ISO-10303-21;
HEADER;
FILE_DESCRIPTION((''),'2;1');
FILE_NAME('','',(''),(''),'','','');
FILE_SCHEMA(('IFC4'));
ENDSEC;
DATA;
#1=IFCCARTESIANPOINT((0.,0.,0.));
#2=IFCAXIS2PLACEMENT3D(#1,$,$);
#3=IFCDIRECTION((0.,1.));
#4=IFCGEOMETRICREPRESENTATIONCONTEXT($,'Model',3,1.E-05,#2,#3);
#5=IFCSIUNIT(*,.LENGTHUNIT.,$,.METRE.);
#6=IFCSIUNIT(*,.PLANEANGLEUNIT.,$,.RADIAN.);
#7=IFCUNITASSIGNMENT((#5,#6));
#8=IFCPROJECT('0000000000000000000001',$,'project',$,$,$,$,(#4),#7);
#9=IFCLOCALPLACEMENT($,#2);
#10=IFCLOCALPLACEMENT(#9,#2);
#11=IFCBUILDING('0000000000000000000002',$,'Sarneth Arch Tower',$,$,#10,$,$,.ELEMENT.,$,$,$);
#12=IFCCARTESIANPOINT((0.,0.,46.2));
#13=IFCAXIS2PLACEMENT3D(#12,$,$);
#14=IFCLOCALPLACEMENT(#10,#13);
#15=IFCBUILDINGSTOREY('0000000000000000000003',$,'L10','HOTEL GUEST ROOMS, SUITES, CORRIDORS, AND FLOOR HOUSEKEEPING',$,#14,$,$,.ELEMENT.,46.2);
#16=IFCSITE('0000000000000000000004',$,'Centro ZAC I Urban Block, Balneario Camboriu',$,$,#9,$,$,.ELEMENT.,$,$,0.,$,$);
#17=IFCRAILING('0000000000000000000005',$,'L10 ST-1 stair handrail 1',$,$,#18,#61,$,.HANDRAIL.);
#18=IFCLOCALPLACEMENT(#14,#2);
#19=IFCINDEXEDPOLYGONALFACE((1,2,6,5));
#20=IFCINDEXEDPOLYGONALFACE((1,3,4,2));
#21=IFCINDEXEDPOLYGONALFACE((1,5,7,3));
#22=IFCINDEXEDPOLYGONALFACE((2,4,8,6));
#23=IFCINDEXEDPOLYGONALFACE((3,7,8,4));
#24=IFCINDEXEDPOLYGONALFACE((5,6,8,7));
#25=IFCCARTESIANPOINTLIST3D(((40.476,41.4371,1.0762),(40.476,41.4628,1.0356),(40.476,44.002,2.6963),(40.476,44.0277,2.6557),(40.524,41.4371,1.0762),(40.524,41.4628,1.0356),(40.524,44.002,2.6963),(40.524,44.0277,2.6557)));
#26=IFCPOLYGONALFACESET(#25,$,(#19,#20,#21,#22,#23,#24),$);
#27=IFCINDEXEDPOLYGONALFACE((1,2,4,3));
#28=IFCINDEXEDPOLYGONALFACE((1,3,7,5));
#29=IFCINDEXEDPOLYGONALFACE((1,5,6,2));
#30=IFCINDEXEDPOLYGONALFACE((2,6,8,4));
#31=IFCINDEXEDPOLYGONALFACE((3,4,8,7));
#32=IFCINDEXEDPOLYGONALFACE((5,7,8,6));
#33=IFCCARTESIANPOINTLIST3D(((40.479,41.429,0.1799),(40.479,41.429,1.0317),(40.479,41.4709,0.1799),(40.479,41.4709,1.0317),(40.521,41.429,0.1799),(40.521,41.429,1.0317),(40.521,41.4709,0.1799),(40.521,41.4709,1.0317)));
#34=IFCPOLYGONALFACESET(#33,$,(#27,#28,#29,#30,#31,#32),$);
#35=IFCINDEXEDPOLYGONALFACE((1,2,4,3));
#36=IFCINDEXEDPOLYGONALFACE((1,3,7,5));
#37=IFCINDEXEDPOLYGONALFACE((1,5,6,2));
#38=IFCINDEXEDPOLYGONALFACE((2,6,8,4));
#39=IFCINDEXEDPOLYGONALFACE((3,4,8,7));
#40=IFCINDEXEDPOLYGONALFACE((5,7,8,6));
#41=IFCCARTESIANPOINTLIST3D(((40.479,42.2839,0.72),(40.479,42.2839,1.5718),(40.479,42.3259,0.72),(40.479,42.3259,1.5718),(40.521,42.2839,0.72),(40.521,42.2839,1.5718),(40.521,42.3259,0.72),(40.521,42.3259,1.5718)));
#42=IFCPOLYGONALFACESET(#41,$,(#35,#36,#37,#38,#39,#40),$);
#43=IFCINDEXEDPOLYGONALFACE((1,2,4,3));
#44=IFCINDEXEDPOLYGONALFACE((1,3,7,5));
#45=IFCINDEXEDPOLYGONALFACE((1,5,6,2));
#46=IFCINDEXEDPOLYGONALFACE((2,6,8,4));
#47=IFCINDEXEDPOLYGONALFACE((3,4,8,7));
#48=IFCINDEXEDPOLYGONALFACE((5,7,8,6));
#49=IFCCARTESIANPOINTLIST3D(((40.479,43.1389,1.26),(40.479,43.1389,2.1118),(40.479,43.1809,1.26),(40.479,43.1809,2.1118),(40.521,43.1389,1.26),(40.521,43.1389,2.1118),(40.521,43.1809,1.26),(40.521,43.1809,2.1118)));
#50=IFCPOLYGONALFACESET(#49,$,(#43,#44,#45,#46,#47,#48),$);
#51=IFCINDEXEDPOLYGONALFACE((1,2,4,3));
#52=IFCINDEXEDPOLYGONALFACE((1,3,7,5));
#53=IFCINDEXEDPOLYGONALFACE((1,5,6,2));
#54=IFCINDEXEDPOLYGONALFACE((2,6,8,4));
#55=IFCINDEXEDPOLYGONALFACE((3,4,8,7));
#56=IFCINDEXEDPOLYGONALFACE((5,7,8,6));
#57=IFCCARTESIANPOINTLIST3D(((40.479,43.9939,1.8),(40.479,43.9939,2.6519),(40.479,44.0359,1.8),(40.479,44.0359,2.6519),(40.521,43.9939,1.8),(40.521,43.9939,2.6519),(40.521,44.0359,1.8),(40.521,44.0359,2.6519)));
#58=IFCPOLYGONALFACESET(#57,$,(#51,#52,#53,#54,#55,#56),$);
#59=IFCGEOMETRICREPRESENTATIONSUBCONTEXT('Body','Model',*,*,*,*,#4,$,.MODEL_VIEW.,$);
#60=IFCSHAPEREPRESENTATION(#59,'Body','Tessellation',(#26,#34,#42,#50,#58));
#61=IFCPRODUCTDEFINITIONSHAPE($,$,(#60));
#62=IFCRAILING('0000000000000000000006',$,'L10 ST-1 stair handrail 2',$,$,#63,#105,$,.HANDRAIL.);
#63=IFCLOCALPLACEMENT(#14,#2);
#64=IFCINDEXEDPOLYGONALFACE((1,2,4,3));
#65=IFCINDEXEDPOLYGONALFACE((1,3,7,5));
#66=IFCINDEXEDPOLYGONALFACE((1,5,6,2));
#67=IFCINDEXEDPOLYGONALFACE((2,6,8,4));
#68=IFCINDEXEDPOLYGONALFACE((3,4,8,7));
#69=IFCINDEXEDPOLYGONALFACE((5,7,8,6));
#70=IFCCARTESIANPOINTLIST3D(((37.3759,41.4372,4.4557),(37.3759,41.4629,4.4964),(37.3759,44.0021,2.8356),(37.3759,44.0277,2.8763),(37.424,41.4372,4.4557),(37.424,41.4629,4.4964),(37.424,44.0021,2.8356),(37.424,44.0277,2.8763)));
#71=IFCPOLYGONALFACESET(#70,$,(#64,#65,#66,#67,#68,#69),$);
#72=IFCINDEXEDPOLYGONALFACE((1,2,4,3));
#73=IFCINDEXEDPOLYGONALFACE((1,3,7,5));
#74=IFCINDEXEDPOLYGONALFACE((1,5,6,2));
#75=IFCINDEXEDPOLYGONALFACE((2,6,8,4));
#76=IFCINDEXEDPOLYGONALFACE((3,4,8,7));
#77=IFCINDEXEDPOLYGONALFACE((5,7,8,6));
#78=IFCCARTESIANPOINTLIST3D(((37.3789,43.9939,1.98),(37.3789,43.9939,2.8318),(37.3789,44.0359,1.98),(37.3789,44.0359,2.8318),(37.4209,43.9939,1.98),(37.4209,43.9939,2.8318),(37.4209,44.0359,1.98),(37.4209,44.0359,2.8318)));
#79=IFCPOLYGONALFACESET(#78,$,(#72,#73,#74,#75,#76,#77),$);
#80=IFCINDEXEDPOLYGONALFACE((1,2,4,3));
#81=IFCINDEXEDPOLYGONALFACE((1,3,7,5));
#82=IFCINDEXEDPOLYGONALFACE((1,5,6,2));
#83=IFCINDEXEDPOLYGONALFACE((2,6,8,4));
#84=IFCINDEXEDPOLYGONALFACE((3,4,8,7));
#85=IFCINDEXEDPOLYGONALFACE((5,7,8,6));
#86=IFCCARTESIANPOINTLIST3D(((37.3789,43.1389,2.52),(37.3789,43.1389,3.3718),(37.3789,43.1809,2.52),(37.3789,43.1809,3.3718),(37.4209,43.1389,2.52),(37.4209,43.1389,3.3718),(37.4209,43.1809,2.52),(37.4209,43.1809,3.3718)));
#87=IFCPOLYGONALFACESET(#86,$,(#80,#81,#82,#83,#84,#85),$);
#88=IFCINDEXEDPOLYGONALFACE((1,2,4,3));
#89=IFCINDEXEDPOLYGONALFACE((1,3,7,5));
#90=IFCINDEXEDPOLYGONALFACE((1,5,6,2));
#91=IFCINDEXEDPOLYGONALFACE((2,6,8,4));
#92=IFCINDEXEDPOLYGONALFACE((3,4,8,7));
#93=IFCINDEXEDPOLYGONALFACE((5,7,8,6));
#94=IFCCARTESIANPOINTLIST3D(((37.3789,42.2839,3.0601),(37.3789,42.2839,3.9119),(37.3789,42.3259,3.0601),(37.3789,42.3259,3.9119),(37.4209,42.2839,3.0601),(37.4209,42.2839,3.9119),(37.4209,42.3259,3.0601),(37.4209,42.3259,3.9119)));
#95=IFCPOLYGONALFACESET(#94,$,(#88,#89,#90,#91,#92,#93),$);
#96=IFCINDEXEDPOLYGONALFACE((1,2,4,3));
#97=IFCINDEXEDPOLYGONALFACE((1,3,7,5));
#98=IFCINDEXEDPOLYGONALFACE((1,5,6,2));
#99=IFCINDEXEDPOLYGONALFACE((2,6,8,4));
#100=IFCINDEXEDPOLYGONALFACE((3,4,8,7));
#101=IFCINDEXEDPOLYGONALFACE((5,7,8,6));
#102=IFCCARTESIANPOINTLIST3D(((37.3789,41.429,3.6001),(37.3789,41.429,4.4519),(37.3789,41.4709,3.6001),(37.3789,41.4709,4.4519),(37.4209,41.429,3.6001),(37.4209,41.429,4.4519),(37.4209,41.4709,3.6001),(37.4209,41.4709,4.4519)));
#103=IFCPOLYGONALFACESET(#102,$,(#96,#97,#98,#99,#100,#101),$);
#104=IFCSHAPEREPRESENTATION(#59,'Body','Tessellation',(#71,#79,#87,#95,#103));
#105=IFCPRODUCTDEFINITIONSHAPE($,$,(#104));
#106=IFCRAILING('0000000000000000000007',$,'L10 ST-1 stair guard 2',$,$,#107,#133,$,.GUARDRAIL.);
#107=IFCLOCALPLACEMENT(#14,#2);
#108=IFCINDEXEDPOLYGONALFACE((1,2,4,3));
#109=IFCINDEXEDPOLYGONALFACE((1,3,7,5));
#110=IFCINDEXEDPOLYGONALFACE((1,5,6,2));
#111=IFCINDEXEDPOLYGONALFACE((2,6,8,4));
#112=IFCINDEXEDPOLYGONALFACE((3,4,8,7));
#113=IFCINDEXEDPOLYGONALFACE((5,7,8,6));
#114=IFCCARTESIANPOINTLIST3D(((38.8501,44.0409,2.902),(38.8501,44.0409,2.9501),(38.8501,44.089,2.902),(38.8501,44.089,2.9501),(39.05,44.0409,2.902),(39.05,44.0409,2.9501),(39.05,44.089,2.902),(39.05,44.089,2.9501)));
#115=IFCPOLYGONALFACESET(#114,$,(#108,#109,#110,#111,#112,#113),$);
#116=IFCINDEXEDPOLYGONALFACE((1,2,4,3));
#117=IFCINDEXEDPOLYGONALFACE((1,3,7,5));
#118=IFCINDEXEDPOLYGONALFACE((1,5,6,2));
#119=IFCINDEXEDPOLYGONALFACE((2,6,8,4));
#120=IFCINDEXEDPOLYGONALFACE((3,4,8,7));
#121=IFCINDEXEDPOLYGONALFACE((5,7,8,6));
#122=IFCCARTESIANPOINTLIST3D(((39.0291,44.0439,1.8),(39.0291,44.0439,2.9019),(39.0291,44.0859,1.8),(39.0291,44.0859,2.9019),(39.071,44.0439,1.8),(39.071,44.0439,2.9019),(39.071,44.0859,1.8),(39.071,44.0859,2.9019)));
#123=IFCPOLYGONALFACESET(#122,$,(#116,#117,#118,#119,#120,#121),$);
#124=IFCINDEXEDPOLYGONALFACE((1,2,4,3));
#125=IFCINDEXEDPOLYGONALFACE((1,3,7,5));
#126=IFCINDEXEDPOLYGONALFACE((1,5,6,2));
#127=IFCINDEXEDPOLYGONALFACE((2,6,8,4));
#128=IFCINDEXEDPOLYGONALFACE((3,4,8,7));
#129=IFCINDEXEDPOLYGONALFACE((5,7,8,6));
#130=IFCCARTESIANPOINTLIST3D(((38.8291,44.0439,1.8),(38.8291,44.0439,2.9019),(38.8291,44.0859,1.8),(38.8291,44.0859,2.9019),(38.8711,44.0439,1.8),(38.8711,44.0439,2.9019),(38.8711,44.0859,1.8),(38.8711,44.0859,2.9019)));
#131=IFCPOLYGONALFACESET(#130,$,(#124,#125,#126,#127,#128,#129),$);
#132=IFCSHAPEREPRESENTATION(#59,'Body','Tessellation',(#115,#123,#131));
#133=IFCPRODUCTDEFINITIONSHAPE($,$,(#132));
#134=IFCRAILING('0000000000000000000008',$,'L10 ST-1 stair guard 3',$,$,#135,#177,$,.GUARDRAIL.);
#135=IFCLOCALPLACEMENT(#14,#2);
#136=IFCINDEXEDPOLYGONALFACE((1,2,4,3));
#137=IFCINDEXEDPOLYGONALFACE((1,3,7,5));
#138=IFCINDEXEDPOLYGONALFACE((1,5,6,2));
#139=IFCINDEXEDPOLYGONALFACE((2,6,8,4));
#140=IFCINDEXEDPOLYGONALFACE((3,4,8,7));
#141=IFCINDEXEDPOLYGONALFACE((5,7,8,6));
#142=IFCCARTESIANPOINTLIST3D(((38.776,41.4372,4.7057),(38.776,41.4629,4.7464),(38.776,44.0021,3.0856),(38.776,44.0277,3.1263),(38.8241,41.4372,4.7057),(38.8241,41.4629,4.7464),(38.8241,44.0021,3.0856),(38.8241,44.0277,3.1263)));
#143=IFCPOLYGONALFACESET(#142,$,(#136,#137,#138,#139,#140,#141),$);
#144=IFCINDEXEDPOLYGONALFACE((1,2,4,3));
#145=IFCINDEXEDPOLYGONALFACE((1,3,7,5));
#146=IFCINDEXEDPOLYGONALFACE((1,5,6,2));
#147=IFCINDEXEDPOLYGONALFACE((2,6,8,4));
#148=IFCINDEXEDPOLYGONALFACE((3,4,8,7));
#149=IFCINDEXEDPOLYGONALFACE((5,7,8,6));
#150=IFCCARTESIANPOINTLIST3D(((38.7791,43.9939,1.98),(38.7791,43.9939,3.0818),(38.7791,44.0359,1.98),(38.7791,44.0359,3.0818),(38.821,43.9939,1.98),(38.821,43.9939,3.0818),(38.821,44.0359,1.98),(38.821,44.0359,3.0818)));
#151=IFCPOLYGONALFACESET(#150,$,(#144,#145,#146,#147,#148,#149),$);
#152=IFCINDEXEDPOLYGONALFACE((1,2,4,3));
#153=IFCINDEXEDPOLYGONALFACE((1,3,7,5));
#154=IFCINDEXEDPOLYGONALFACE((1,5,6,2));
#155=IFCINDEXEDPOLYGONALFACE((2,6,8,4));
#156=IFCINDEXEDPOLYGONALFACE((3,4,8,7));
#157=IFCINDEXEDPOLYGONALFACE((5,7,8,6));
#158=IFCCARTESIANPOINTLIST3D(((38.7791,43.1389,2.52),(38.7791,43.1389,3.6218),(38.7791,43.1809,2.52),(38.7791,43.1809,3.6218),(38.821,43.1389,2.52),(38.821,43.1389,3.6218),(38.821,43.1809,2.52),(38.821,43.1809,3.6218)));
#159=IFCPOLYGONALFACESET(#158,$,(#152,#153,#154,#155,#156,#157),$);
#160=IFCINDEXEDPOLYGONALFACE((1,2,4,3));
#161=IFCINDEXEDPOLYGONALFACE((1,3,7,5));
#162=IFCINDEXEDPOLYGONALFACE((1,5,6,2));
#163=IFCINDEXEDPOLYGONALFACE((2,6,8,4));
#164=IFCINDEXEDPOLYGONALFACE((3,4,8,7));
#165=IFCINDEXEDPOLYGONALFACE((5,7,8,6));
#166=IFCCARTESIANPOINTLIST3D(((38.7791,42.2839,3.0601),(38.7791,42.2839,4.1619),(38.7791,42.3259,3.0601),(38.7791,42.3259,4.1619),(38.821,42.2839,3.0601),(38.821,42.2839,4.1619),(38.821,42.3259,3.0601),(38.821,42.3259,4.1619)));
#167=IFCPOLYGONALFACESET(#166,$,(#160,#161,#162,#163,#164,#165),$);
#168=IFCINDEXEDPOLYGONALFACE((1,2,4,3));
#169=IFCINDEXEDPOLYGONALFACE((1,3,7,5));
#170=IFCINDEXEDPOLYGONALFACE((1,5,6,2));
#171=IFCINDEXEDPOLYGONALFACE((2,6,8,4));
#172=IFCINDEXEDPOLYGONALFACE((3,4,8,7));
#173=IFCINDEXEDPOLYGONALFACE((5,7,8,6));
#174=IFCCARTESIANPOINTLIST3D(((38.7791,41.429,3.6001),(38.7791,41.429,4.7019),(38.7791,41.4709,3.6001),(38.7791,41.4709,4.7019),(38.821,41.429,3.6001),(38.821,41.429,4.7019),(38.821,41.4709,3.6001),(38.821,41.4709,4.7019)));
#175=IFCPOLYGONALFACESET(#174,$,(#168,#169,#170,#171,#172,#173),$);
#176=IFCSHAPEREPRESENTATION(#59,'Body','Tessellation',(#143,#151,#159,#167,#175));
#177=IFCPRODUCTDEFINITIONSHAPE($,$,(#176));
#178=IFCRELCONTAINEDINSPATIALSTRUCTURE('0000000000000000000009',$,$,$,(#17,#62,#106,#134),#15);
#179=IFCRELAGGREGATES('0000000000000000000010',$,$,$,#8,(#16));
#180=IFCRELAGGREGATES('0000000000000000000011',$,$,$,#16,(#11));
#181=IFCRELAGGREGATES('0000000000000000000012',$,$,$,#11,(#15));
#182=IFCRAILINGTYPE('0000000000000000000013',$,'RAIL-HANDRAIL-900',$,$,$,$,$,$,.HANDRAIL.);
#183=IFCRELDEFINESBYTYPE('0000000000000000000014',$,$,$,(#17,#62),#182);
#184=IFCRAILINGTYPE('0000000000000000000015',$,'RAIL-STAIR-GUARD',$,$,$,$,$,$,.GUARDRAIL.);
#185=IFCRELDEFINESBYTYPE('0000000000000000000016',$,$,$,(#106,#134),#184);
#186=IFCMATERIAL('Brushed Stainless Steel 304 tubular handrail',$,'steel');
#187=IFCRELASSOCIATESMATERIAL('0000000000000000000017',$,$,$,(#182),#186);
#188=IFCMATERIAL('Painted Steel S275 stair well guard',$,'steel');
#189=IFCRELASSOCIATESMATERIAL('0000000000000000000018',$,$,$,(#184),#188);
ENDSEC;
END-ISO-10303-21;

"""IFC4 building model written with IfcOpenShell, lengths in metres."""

from ifc_helpers import new_model, si_unit, direction, frame, origin, origin_2d, place, context, subcontext, project, spatial, rectangle, extrude, material, type_object, element, save


model = new_model("IFC4")

# Units and contexts
model_context = context("Model", 3, precision=1e-05, world=origin(), true_north=direction((0.0, 1.0)))
body_context = subcontext(model_context, "Body", "Model", "MODEL_VIEW")
ifc_project = project(units=[si_unit("LENGTHUNIT", "METRE"), si_unit("PLANEANGLEUNIT", "RADIAN")], contexts=[model_context])

# Site, building, storey
site_placement = place(None, origin())
site = spatial("IfcSite", under=ifc_project, at=site_placement, Name="Centro ZAC I Urban Block, Balneario Camboriu", CompositionType="ELEMENT", RefElevation=0.0)
building_placement = place(site_placement, origin())
building = spatial("IfcBuilding", under=site, at=building_placement, Name="Sarneth Arch Tower", CompositionType="ELEMENT")
storey_placement = place(building_placement, frame((0.0, 0.0, 46.2)))
storey = spatial("IfcBuildingStorey", under=building, at=storey_placement, Name="L10", Description="HOTEL GUEST ROOMS, SUITES, CORRIDORS, AND FLOOR HOUSEKEEPING", CompositionType="ELEMENT", Elevation=46.2)

# Railings
ifc_material_1 = material(Name="Brushed Stainless Steel 304 tubular handrail", Category="steel")
railing_type_1 = type_object("IfcRailingType", Name="RAIL-HANDRAIL-900", PredefinedType="HANDRAIL", material=ifc_material_1)
railing_1_placement = place(storey_placement, frame((40.5, 41.45, 0.1799)))
element("IfcRailing", 1, at=railing_1_placement, inside=storey, type_object=railing_type_1, Name="L10 ST-1 stair handrail 1", PredefinedType="HANDRAIL", context=body_context, shape_type="SweptSolid", body=[
    extrude(rectangle(XDim=0.0481, YDim=0.0481, at=origin_2d()), frame((0.0, 0.0, 0.876), z_axis=(0.0, 0.845466, 0.534029), x_axis=(-1.0, 0.0, 0.0)), (0.0, 0.0, 1.0), 3.0337),
    extrude(rectangle(XDim=0.042, YDim=0.042, at=origin_2d()), origin(), (0.0, 0.0, 1.0), 0.8518),
    extrude(rectangle(XDim=0.042, YDim=0.042, at=origin_2d()), frame((0.0, 0.855, 0.54)), (0.0, 0.0, 1.0), 0.8518),
    extrude(rectangle(XDim=0.042, YDim=0.042, at=origin_2d()), frame((0.0, 1.71, 1.0801)), (0.0, 0.0, 1.0), 0.8518),
    extrude(rectangle(XDim=0.042, YDim=0.042, at=origin_2d()), frame((0.0, 2.5649, 1.6201)), (0.0, 0.0, 1.0), 0.8518),
])
railing_2_placement = place(storey_placement, frame((37.3999, 44.0149, 1.98)))
element("IfcRailing", 2, at=railing_2_placement, inside=storey, type_object=railing_type_1, Name="L10 ST-1 stair handrail 2", PredefinedType="HANDRAIL", context=body_context, shape_type="SweptSolid", body=[
    extrude(rectangle(XDim=0.0481, YDim=0.0481, at=origin_2d()), frame((0.0, 0.0, 0.876), z_axis=(0.0, -0.845466, 0.534029), x_axis=(1.0, 0.0, 0.0)), (0.0, 0.0, 1.0), 3.0337),
    extrude(rectangle(XDim=0.042, YDim=0.042, at=origin_2d()), origin(), (0.0, 0.0, 1.0), 0.8518),
    extrude(rectangle(XDim=0.042, YDim=0.042, at=origin_2d()), frame((0.0, -0.855, 0.54)), (0.0, 0.0, 1.0), 0.8518),
    extrude(rectangle(XDim=0.042, YDim=0.042, at=origin_2d()), frame((0.0, -1.71, 1.0801)), (0.0, 0.0, 1.0), 0.8518),
    extrude(rectangle(XDim=0.042, YDim=0.042, at=origin_2d()), frame((0.0, -2.5649, 1.6201)), (0.0, 0.0, 1.0), 0.8518),
])
ifc_material_2 = material(Name="Painted Steel S275 stair well guard", Category="steel")
railing_type_2 = type_object("IfcRailingType", Name="RAIL-STAIR-GUARD", PredefinedType="GUARDRAIL", material=ifc_material_2)
railing_3_placement = place(storey_placement, frame((39.05, 44.0649, 1.8)))
element("IfcRailing", 3, at=railing_3_placement, inside=storey, type_object=railing_type_2, Name="L10 ST-1 stair guard 2", PredefinedType="GUARDRAIL", context=body_context, shape_type="SweptSolid", body=[
    extrude(rectangle(XDim=0.0481, YDim=0.0481, at=origin_2d()), frame((0.0, 0.0, 1.126), z_axis=(-1.0, 0.0, 0.0), x_axis=(0.0, -1.0, 0.0)), (0.0, 0.0, 1.0), 0.2),
    extrude(rectangle(XDim=0.042, YDim=0.042, at=origin_2d()), origin(), (0.0, 0.0, 1.0), 1.1018),
    extrude(rectangle(XDim=0.042, YDim=0.042, at=origin_2d()), frame((-0.2, 0.0, 0.0)), (0.0, 0.0, 1.0), 1.1018),
])
railing_4_placement = place(storey_placement, frame((38.8, 44.0149, 1.98)))
element("IfcRailing", 4, at=railing_4_placement, inside=storey, type_object=railing_type_2, Name="L10 ST-1 stair guard 3", PredefinedType="GUARDRAIL", context=body_context, shape_type="SweptSolid", body=[
    extrude(rectangle(XDim=0.0481, YDim=0.0481, at=origin_2d()), frame((0.0, 0.0, 1.126), z_axis=(0.0, -0.845466, 0.534029), x_axis=(1.0, 0.0, 0.0)), (0.0, 0.0, 1.0), 3.0337),
    extrude(rectangle(XDim=0.042, YDim=0.042, at=origin_2d()), origin(), (0.0, 0.0, 1.0), 1.1018),
    extrude(rectangle(XDim=0.042, YDim=0.042, at=origin_2d()), frame((0.0, -0.855, 0.54)), (0.0, 0.0, 1.0), 1.1018),
    extrude(rectangle(XDim=0.042, YDim=0.042, at=origin_2d()), frame((0.0, -1.71, 1.0801)), (0.0, 0.0, 1.0), 1.1018),
    extrude(rectangle(XDim=0.042, YDim=0.042, at=origin_2d()), frame((0.0, -2.5649, 1.6201)), (0.0, 0.0, 1.0), 1.1018),
])

save(model, "model.ifc")
